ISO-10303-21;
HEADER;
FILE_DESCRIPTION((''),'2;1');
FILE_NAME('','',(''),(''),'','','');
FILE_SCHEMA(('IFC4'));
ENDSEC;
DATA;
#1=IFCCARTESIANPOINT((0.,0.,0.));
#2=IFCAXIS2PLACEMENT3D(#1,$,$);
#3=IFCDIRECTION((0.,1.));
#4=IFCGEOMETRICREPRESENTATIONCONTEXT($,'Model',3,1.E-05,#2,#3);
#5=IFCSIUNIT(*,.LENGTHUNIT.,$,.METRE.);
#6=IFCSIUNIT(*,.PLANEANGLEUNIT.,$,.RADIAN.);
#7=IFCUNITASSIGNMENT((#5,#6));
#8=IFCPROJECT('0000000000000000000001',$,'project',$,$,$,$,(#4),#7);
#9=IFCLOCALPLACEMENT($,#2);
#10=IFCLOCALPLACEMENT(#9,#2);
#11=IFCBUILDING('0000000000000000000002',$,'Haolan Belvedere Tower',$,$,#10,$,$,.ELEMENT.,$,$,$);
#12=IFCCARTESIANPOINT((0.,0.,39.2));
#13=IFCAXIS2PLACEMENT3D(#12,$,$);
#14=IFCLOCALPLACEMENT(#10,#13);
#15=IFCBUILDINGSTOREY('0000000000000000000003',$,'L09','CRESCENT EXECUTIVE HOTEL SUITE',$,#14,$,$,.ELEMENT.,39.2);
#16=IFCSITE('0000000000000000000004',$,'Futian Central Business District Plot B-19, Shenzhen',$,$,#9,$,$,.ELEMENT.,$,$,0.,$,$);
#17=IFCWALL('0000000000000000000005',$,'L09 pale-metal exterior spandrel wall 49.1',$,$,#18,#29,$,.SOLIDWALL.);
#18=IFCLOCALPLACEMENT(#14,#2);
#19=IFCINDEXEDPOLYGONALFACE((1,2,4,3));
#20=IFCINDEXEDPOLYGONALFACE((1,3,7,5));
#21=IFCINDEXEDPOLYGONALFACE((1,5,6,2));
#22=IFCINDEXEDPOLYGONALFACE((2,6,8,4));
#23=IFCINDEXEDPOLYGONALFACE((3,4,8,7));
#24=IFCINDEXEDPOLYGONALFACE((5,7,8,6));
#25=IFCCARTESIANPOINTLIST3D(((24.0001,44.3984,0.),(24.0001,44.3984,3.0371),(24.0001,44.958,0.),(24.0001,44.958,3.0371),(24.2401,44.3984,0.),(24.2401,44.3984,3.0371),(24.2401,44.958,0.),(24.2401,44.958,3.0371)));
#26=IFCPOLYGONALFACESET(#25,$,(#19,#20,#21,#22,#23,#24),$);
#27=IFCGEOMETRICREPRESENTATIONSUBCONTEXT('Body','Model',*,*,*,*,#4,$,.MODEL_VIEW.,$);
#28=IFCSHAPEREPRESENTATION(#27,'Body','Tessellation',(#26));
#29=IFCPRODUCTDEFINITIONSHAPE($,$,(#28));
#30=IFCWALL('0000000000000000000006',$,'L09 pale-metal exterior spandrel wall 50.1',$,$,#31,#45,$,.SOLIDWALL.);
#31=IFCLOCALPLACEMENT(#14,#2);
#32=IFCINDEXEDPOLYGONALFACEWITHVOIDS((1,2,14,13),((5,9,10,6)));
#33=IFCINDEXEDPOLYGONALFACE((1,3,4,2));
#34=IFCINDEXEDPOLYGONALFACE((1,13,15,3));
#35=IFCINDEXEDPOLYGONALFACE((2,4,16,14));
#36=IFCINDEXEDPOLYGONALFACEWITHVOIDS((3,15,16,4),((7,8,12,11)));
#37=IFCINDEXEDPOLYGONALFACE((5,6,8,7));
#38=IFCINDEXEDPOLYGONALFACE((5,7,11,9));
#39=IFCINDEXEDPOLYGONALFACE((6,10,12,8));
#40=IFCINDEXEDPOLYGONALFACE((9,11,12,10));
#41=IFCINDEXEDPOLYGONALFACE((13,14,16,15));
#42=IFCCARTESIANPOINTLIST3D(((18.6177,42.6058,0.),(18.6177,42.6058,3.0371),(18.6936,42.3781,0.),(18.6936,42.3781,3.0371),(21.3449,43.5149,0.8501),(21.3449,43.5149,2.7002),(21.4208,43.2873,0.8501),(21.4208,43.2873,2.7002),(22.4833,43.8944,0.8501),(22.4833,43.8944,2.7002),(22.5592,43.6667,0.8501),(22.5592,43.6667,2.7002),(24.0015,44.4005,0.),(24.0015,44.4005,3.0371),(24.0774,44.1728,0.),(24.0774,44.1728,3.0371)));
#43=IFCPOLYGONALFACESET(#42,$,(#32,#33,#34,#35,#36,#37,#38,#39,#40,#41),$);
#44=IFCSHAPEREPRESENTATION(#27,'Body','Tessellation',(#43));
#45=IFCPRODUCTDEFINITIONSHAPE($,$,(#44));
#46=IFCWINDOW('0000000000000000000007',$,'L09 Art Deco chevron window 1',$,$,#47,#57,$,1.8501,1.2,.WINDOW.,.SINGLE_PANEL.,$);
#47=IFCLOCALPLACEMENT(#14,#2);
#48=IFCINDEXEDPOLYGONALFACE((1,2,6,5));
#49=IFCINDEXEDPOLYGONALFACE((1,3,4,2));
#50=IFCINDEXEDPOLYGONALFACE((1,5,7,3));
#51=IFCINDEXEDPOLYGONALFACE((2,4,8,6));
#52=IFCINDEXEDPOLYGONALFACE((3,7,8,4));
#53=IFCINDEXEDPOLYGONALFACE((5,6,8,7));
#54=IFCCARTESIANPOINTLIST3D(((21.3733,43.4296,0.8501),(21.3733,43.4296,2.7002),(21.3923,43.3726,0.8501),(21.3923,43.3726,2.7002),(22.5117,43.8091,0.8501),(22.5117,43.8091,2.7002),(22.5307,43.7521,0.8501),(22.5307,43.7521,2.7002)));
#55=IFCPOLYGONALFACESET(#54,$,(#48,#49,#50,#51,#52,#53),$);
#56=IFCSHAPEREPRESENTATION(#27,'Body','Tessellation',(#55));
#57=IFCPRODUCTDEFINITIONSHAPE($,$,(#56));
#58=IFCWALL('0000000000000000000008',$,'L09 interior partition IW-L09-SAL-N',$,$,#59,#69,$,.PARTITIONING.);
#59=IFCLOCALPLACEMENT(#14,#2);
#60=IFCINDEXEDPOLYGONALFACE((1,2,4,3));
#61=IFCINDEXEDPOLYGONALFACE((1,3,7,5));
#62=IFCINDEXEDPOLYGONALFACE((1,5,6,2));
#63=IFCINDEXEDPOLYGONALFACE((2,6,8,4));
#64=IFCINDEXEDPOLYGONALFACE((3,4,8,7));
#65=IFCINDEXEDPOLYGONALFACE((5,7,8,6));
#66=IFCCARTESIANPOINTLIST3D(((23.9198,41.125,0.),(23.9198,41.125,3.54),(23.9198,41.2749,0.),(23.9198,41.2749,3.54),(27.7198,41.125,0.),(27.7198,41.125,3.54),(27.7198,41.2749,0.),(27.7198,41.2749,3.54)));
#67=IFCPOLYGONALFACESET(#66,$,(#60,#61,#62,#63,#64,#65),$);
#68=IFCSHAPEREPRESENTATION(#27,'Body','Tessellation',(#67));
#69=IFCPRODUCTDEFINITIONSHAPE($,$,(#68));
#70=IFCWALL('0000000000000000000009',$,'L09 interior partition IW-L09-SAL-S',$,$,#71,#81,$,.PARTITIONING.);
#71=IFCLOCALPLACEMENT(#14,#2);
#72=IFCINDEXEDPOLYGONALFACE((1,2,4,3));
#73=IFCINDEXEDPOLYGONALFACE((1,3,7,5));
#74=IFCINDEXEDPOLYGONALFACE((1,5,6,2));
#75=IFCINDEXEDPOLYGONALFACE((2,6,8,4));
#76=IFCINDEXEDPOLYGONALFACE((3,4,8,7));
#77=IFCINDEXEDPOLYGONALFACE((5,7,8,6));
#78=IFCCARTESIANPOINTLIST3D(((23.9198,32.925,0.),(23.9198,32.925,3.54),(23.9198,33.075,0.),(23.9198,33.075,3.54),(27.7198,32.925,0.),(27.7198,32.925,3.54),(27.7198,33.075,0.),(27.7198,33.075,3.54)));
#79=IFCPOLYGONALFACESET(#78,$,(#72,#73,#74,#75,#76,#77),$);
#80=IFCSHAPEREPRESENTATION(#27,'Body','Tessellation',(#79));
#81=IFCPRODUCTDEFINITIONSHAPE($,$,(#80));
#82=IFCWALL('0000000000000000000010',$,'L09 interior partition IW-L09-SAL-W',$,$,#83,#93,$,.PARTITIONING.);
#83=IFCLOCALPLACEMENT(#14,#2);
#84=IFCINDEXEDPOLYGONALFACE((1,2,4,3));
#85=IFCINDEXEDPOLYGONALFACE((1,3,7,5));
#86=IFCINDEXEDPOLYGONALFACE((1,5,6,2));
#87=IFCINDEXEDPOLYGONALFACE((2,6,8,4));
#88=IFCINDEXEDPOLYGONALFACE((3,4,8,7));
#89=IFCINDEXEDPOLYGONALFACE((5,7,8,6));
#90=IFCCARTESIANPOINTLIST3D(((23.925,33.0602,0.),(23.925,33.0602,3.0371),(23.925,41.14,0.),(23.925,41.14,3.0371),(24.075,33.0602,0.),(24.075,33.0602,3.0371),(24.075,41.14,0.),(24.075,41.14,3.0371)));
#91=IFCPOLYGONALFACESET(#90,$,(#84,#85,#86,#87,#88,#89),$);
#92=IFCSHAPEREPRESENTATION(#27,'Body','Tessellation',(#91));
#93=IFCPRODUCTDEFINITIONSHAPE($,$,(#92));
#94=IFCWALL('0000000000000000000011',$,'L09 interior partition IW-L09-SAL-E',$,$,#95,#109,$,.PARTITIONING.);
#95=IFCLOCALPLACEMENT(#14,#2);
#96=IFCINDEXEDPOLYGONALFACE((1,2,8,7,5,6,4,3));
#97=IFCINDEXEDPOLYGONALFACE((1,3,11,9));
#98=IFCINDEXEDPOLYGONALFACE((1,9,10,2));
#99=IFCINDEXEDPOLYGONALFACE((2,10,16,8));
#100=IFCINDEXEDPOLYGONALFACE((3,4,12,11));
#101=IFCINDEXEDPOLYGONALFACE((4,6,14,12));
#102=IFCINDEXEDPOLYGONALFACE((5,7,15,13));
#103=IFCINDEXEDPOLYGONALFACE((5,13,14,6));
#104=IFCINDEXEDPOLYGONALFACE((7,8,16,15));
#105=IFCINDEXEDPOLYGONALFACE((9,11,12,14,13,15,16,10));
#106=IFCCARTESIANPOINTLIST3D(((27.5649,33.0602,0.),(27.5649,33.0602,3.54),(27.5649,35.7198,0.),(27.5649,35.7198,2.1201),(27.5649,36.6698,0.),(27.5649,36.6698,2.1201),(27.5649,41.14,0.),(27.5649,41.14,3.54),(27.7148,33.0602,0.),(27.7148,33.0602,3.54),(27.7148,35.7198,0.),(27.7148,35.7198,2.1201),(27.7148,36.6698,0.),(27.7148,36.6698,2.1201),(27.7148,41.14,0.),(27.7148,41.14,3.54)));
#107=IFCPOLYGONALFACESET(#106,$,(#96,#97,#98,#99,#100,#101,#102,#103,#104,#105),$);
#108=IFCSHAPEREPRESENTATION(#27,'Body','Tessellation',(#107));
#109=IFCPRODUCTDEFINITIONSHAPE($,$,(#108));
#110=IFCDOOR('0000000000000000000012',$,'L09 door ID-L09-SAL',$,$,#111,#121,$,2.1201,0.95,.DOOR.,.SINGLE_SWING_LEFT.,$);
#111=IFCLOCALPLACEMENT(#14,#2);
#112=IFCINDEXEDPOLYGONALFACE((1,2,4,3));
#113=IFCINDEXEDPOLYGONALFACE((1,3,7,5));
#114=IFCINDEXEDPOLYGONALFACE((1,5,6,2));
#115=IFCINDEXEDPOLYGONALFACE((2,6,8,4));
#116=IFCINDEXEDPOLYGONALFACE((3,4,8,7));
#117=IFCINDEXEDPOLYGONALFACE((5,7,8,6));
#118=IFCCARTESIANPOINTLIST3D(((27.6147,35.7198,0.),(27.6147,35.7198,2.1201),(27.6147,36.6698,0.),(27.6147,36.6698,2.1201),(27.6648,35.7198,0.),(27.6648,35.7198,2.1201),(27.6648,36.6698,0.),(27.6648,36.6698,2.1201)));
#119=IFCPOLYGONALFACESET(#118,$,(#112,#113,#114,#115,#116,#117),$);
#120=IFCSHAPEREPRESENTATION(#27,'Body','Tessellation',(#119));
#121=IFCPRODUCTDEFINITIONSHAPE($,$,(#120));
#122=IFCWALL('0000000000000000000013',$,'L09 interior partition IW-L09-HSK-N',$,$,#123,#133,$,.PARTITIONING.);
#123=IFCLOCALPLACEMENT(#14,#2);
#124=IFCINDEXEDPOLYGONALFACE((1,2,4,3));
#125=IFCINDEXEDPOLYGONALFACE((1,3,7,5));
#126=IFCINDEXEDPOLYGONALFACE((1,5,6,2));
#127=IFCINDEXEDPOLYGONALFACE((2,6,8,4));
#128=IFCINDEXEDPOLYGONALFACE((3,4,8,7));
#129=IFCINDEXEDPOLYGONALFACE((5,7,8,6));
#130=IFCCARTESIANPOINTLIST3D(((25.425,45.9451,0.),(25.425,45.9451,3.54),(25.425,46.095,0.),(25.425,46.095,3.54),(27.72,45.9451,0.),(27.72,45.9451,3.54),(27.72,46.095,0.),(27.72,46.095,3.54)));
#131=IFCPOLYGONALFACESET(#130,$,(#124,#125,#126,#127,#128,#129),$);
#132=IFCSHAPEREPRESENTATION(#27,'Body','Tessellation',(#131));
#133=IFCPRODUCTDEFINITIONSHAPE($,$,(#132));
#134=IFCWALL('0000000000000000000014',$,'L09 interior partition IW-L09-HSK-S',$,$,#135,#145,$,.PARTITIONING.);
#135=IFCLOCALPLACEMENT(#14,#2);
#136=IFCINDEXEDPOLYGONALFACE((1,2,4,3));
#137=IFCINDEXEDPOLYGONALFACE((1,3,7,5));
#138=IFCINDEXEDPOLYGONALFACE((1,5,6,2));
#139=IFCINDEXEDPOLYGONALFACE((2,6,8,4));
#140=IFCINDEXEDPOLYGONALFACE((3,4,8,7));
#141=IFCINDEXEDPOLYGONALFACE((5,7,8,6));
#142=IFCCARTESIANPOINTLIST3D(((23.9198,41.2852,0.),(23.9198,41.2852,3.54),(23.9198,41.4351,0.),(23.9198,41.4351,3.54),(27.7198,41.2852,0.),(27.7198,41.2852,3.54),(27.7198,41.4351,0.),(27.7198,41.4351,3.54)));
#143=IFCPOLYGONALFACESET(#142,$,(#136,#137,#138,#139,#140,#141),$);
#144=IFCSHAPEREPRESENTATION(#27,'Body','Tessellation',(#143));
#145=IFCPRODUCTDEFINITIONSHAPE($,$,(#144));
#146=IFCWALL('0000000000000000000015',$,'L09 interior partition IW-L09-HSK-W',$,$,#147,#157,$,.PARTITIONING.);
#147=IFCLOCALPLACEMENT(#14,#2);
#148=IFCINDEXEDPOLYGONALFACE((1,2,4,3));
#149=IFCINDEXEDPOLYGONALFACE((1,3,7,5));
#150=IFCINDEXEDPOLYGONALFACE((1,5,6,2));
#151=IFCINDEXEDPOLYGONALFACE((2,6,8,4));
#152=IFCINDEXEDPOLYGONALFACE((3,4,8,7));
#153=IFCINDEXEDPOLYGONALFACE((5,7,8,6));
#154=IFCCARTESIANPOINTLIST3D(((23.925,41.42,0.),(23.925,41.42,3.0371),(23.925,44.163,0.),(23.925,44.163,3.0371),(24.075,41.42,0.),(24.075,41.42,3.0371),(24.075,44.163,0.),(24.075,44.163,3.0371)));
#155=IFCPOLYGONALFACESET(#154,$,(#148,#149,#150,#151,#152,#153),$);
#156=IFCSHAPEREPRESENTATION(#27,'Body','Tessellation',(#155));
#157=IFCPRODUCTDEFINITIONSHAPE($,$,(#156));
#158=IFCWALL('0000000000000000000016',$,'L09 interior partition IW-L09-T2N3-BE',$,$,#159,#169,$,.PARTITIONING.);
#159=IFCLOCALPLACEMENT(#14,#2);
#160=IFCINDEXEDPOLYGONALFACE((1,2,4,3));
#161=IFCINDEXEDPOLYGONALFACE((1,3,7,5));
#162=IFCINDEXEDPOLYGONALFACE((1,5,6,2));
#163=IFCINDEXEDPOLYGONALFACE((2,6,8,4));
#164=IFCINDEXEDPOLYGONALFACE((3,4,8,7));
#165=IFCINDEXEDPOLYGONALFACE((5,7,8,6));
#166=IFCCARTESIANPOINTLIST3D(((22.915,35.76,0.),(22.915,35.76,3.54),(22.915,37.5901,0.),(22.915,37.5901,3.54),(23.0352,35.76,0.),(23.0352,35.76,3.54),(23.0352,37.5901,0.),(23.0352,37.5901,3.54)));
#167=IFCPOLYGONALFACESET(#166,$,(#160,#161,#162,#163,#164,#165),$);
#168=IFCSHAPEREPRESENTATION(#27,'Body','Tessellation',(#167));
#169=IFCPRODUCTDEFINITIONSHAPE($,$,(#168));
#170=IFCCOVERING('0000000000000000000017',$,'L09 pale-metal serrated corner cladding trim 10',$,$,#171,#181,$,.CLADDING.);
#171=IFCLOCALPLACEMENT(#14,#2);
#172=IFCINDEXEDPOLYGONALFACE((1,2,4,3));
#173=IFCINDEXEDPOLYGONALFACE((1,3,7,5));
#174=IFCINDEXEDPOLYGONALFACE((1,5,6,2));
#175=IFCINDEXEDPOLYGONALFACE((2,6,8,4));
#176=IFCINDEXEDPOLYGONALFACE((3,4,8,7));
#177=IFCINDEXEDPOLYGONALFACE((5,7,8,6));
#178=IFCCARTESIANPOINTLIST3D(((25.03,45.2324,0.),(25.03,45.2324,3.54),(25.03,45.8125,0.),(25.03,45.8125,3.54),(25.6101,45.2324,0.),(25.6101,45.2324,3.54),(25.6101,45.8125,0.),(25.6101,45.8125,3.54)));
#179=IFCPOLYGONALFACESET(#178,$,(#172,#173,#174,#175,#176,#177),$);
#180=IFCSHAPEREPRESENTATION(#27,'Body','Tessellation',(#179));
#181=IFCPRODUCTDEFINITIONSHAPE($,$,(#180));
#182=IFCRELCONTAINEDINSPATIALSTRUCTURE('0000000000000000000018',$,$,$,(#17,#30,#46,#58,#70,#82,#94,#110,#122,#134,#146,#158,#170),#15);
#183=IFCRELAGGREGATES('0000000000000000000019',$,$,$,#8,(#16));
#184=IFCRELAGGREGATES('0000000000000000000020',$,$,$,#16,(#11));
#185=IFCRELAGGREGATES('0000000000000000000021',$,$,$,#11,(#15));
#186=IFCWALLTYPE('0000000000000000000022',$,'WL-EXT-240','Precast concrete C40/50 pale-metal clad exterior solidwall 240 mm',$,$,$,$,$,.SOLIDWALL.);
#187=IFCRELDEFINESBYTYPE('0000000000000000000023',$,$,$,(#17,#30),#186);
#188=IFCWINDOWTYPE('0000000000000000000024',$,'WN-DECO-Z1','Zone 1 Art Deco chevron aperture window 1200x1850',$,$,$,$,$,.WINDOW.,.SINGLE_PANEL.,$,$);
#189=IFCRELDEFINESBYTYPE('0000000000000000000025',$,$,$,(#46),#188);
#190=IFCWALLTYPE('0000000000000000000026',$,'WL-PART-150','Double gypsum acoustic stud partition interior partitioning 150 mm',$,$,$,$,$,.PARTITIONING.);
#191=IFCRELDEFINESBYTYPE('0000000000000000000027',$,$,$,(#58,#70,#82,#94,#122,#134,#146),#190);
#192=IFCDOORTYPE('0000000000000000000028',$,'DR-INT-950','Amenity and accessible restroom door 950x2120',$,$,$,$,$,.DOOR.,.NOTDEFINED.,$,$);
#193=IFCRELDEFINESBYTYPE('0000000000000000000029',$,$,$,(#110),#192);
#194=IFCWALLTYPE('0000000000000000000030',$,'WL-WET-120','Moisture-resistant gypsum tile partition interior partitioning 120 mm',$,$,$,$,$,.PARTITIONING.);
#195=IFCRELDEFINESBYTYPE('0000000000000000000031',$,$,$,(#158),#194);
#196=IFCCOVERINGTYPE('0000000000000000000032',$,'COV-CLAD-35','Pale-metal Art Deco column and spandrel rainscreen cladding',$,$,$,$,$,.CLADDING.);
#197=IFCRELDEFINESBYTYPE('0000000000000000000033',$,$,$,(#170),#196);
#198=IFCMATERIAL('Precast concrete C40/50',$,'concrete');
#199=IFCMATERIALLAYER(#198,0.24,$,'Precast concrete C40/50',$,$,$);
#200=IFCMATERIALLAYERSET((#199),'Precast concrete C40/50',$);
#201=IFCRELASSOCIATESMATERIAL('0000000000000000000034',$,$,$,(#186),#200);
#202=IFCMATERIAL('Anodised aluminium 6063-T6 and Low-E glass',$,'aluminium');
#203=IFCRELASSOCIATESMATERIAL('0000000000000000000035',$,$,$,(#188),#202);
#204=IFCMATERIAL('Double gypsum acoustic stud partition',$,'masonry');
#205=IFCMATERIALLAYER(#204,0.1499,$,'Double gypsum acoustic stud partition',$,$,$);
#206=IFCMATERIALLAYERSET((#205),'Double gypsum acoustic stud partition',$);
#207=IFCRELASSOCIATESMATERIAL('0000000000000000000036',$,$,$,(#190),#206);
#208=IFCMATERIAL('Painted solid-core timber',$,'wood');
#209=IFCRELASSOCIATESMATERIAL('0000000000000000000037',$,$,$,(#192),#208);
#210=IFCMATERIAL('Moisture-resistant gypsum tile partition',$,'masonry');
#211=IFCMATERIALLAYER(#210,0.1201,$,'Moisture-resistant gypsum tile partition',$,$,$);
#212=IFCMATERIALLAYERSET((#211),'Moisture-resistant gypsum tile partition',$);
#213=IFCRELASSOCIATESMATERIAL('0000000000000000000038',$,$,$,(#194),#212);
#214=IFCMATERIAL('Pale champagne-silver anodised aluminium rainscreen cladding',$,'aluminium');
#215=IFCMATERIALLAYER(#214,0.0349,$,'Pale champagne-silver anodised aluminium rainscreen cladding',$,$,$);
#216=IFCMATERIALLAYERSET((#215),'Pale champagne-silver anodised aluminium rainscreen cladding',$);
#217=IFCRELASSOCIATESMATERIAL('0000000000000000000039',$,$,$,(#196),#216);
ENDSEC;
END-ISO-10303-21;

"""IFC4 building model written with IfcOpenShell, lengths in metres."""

from ifc_helpers import new_model, si_unit, direction, frame, frame_2d, origin, origin_2d, place, context, subcontext, project, spatial, rectangle, extrude, material, layer, layer_set, type_object, element, fill, save


model = new_model("IFC4")

# Units and contexts
model_context = context("Model", 3, precision=1e-05, world=origin(), true_north=direction((0.0, 1.0)))
body_context = subcontext(model_context, "Body", "Model", "MODEL_VIEW")
ifc_project = project(units=[si_unit("LENGTHUNIT", "METRE"), si_unit("PLANEANGLEUNIT", "RADIAN")], contexts=[model_context])

# Site, building, storey
site_placement = place(None, origin())
site = spatial("IfcSite", under=ifc_project, at=site_placement, Name="Futian Central Business District Plot B-19, Shenzhen", CompositionType="ELEMENT", RefElevation=0.0)
building_placement = place(site_placement, origin())
building = spatial("IfcBuilding", under=site, at=building_placement, Name="Haolan Belvedere Tower", CompositionType="ELEMENT")
storey_placement = place(building_placement, frame((0.0, 0.0, 39.2)))
storey = spatial("IfcBuildingStorey", under=building, at=storey_placement, Name="L09", Description="CRESCENT EXECUTIVE HOTEL SUITE", CompositionType="ELEMENT", Elevation=39.2)

# Wall
ifc_material_1 = material(Name="Precast concrete C40/50", Category="concrete")
ifc_layer_1 = layer(ifc_material_1, 0.24, Name="Precast concrete C40/50")
ifc_layer_set_1 = layer_set([ifc_layer_1], Name="Precast concrete C40/50")
wall_type_1 = type_object("IfcWallType", Name="WL-EXT-240", Description="Precast concrete C40/50 pale-metal clad exterior solidwall 240 mm", PredefinedType="SOLIDWALL", material=ifc_layer_set_1)
wall_1_placement = place(storey_placement, frame((24.1201, 44.958, 0.0), z_axis=(0.0, 0.0, 1.0), x_axis=(0.0, -1.0, 0.0)))
element("IfcWall", 1, at=wall_1_placement, inside=storey, type_object=wall_type_1, Name="L09 pale-metal exterior spandrel wall 49.1", PredefinedType="SOLIDWALL", context=body_context, shape_type="SweptSolid", body=[
    extrude(rectangle(XDim=0.5596, YDim=0.24, at=frame_2d((0.2798, 0.0))), origin(), (0.0, 0.0, 1.0), 3.0371),
])

# Wall, opening, window
wall_2_placement = place(storey_placement, frame((24.0393, 44.2866, 0.0), z_axis=(0.0, 0.0, 1.0), x_axis=(-0.948679, -0.316241, 0.0)))
wall_2 = element("IfcWall", 2, at=wall_2_placement, inside=storey, type_object=wall_type_1, Name="L09 pale-metal exterior spandrel wall 50.1", PredefinedType="SOLIDWALL", context=body_context, shape_type="SweptSolid", body=[
    extrude(rectangle(XDim=5.675, YDim=0.24, at=frame_2d((2.8374, 0.0))), origin(), (0.0, 0.0, 1.0), 3.0371),
])
opening_1_placement = place(wall_2_placement, frame((1.6001, 0.0, 0.8501)))
opening_1 = element("IfcOpeningElement", 3, at=opening_1_placement, cuts=wall_2, PredefinedType="OPENING", context=body_context, shape_type="SweptSolid", body=[
    extrude(rectangle(XDim=1.2, YDim=1.8501, at=frame_2d((0.6001, 0.925))), frame((0.0, 0.1299, 0.0), z_axis=(0.0, -1.0, 0.0), x_axis=(1.0, 0.0, 0.0)), (0.0, 0.0, 1.0), 0.26),
])
ifc_material_2 = material(Name="Anodised aluminium 6063-T6 and Low-E glass", Category="aluminium")
window_type = type_object("IfcWindowType", Name="WN-DECO-Z1", Description="Zone 1 Art Deco chevron aperture window 1200x1850", PartitioningType="SINGLE_PANEL", PredefinedType="WINDOW", material=ifc_material_2)
window_placement = place(opening_1_placement, origin())
window = element("IfcWindow", 4, at=window_placement, inside=storey, type_object=window_type, Name="L09 Art Deco chevron window 1", OverallHeight=1.8501, OverallWidth=1.2, PartitioningType="SINGLE_PANEL", PredefinedType="WINDOW", context=body_context, shape_type="SweptSolid", body=[
    extrude(rectangle(XDim=1.2, YDim=1.8501, at=frame_2d((0.6001, 0.925))), frame((0.0, 0.03, 0.0), z_axis=(0.0, -1.0, 0.0), x_axis=(1.0, 0.0, 0.0)), (0.0, 0.0, 1.0), 0.0601),
])
fill(opening_1, window)

# Walls
ifc_material_3 = material(Name="Double gypsum acoustic stud partition", Category="masonry")
ifc_layer_2 = layer(ifc_material_3, 0.1499, Name="Double gypsum acoustic stud partition")
ifc_layer_set_2 = layer_set([ifc_layer_2], Name="Double gypsum acoustic stud partition")
wall_type_2 = type_object("IfcWallType", Name="WL-PART-150", Description="Double gypsum acoustic stud partition interior partitioning 150 mm", PredefinedType="PARTITIONING", material=ifc_layer_set_2)
for number, where, z_axis, x_axis, name in (
    (5, (23.9199, 41.2, 0.0), (0.0, 0.0, 1.0), (1.0, 0.0, 0.0), "L09 interior partition IW-L09-SAL-N"),
    (6, (23.9199, 33.0, 0.0), (0.0, 0.0, 1.0), (1.0, 0.0, 0.0), "L09 interior partition IW-L09-SAL-S"),
):
    element("IfcWall", number, at=place(storey_placement, frame(where, z_axis=z_axis, x_axis=x_axis)), inside=storey, type_object=wall_type_2, Name=name, PredefinedType="PARTITIONING", context=body_context, shape_type="SweptSolid", body=[
        extrude(rectangle(XDim=3.8, YDim=0.1499, at=frame_2d((1.8999, 0.0))), origin(), (0.0, 0.0, 1.0), 3.54),
    ])
wall_3_placement = place(storey_placement, frame((24.0, 33.0601, 0.0), z_axis=(0.0, 0.0, 1.0), x_axis=(0.0, 1.0, 0.0)))
element("IfcWall", 7, at=wall_3_placement, inside=storey, type_object=wall_type_2, Name="L09 interior partition IW-L09-SAL-W", PredefinedType="PARTITIONING", context=body_context, shape_type="SweptSolid", body=[
    extrude(rectangle(XDim=8.0798, YDim=0.1499, at=frame_2d((4.04, 0.0))), origin(), (0.0, 0.0, 1.0), 3.0371),
])

# Wall, opening, door
wall_4_placement = place(storey_placement, frame((27.6399, 33.0601, 0.0), z_axis=(0.0, 0.0, 1.0), x_axis=(0.0, 1.0, 0.0)))
wall_4 = element("IfcWall", 8, at=wall_4_placement, inside=storey, type_object=wall_type_2, Name="L09 interior partition IW-L09-SAL-E", PredefinedType="PARTITIONING", context=body_context, shape_type="SweptSolid", body=[
    extrude(rectangle(XDim=8.0798, YDim=0.1499, at=frame_2d((4.04, 0.0))), origin(), (0.0, 0.0, 1.0), 3.54),
])
opening_2_placement = place(wall_4_placement, frame((3.6099, 0.0, 0.0), z_axis=(0.0, 0.0, 1.0), x_axis=(-1.0, 0.0, 0.0)))
opening_2 = element("IfcOpeningElement", 9, at=opening_2_placement, cuts=wall_4, PredefinedType="OPENING", context=body_context, shape_type="SweptSolid", body=[
    extrude(rectangle(XDim=0.95, YDim=2.1201, at=frame_2d((0.4751, 1.0601))), frame((0.0, 0.085, 0.0), z_axis=(0.0, -1.0, 0.0), x_axis=(1.0, 0.0, 0.0)), (0.0, 0.0, 1.0), 0.1699),
])
ifc_material_4 = material(Name="Painted solid-core timber", Category="wood")
door_type = type_object("IfcDoorType", Name="DR-INT-950", Description="Amenity and accessible restroom door 950x2120", OperationType="NOTDEFINED", PredefinedType="DOOR", material=ifc_material_4)
door_placement = place(opening_2_placement, origin())
door = element("IfcDoor", 10, at=door_placement, inside=storey, type_object=door_type, Name="L09 door ID-L09-SAL", OperationType="SINGLE_SWING_LEFT", OverallHeight=2.1201, OverallWidth=0.95, PredefinedType="DOOR", context=body_context, shape_type="SweptSolid", body=[
    extrude(rectangle(XDim=0.95, YDim=2.1201, at=frame_2d((0.4751, 1.0601))), frame((0.0, 0.0249, 0.0), z_axis=(0.0, -1.0, 0.0), x_axis=(1.0, 0.0, 0.0)), (0.0, 0.0, 1.0), 0.05),
])
fill(opening_2, door)

# Walls
wall_5_placement = place(storey_placement, frame((25.425, 46.02, 0.0), z_axis=(0.0, 0.0, 1.0), x_axis=(1.0, 0.0, 0.0)))
element("IfcWall", 11, at=wall_5_placement, inside=storey, type_object=wall_type_2, Name="L09 interior partition IW-L09-HSK-N", PredefinedType="PARTITIONING", context=body_context, shape_type="SweptSolid", body=[
    extrude(rectangle(XDim=2.2949, YDim=0.1499, at=frame_2d((1.1475, 0.0))), origin(), (0.0, 0.0, 1.0), 3.54),
])
wall_6_placement = place(storey_placement, frame((23.9199, 41.3601, 0.0), z_axis=(0.0, 0.0, 1.0), x_axis=(1.0, 0.0, 0.0)))
element("IfcWall", 12, at=wall_6_placement, inside=storey, type_object=wall_type_2, Name="L09 interior partition IW-L09-HSK-S", PredefinedType="PARTITIONING", context=body_context, shape_type="SweptSolid", body=[
    extrude(rectangle(XDim=3.8, YDim=0.1499, at=frame_2d((1.8999, 0.0))), origin(), (0.0, 0.0, 1.0), 3.54),
])
wall_7_placement = place(storey_placement, frame((24.0, 41.4199, 0.0), z_axis=(0.0, 0.0, 1.0), x_axis=(0.0, 1.0, 0.0)))
element("IfcWall", 13, at=wall_7_placement, inside=storey, type_object=wall_type_2, Name="L09 interior partition IW-L09-HSK-W", PredefinedType="PARTITIONING", context=body_context, shape_type="SweptSolid", body=[
    extrude(rectangle(XDim=2.7429, YDim=0.1499, at=frame_2d((1.3716, 0.0))), origin(), (0.0, 0.0, 1.0), 3.0371),
])
ifc_material_5 = material(Name="Moisture-resistant gypsum tile partition", Category="masonry")
ifc_layer_3 = layer(ifc_material_5, 0.1201, Name="Moisture-resistant gypsum tile partition")
ifc_layer_set_3 = layer_set([ifc_layer_3], Name="Moisture-resistant gypsum tile partition")
wall_type_3 = type_object("IfcWallType", Name="WL-WET-120", Description="Moisture-resistant gypsum tile partition interior partitioning 120 mm", PredefinedType="PARTITIONING", material=ifc_layer_set_3)
wall_8_placement = place(storey_placement, frame((22.9751, 35.76, 0.0), z_axis=(0.0, 0.0, 1.0), x_axis=(0.0, 1.0, 0.0)))
element("IfcWall", 14, at=wall_8_placement, inside=storey, type_object=wall_type_3, Name="L09 interior partition IW-L09-T2N3-BE", PredefinedType="PARTITIONING", context=body_context, shape_type="SweptSolid", body=[
    extrude(rectangle(XDim=1.8301, YDim=0.1201, at=frame_2d((0.915, 0.0))), origin(), (0.0, 0.0, 1.0), 3.54),
])

# Covering
ifc_material_6 = material(Name="Pale champagne-silver anodised aluminium rainscreen cladding", Category="aluminium")
ifc_layer_4 = layer(ifc_material_6, 0.0349, Name="Pale champagne-silver anodised aluminium rainscreen cladding")
ifc_layer_set_4 = layer_set([ifc_layer_4], Name="Pale champagne-silver anodised aluminium rainscreen cladding")
covering_type = type_object("IfcCoveringType", Name="COV-CLAD-35", Description="Pale-metal Art Deco column and spandrel rainscreen cladding", PredefinedType="CLADDING", material=ifc_layer_set_4)
covering_1_placement = place(storey_placement, frame((25.3201, 45.5225, 0.0), z_axis=(0.0, 0.0, 1.0), x_axis=(1.0, 0.0, 0.0)))
element("IfcCovering", 15, at=covering_1_placement, inside=storey, type_object=covering_type, Name="L09 pale-metal serrated corner cladding trim 10", PredefinedType="CLADDING", context=body_context, shape_type="SweptSolid", body=[
    extrude(rectangle(XDim=0.5801, YDim=0.5801, at=origin_2d()), origin(), (0.0, 0.0, 1.0), 3.54),
])

save(model, "model.ifc")
